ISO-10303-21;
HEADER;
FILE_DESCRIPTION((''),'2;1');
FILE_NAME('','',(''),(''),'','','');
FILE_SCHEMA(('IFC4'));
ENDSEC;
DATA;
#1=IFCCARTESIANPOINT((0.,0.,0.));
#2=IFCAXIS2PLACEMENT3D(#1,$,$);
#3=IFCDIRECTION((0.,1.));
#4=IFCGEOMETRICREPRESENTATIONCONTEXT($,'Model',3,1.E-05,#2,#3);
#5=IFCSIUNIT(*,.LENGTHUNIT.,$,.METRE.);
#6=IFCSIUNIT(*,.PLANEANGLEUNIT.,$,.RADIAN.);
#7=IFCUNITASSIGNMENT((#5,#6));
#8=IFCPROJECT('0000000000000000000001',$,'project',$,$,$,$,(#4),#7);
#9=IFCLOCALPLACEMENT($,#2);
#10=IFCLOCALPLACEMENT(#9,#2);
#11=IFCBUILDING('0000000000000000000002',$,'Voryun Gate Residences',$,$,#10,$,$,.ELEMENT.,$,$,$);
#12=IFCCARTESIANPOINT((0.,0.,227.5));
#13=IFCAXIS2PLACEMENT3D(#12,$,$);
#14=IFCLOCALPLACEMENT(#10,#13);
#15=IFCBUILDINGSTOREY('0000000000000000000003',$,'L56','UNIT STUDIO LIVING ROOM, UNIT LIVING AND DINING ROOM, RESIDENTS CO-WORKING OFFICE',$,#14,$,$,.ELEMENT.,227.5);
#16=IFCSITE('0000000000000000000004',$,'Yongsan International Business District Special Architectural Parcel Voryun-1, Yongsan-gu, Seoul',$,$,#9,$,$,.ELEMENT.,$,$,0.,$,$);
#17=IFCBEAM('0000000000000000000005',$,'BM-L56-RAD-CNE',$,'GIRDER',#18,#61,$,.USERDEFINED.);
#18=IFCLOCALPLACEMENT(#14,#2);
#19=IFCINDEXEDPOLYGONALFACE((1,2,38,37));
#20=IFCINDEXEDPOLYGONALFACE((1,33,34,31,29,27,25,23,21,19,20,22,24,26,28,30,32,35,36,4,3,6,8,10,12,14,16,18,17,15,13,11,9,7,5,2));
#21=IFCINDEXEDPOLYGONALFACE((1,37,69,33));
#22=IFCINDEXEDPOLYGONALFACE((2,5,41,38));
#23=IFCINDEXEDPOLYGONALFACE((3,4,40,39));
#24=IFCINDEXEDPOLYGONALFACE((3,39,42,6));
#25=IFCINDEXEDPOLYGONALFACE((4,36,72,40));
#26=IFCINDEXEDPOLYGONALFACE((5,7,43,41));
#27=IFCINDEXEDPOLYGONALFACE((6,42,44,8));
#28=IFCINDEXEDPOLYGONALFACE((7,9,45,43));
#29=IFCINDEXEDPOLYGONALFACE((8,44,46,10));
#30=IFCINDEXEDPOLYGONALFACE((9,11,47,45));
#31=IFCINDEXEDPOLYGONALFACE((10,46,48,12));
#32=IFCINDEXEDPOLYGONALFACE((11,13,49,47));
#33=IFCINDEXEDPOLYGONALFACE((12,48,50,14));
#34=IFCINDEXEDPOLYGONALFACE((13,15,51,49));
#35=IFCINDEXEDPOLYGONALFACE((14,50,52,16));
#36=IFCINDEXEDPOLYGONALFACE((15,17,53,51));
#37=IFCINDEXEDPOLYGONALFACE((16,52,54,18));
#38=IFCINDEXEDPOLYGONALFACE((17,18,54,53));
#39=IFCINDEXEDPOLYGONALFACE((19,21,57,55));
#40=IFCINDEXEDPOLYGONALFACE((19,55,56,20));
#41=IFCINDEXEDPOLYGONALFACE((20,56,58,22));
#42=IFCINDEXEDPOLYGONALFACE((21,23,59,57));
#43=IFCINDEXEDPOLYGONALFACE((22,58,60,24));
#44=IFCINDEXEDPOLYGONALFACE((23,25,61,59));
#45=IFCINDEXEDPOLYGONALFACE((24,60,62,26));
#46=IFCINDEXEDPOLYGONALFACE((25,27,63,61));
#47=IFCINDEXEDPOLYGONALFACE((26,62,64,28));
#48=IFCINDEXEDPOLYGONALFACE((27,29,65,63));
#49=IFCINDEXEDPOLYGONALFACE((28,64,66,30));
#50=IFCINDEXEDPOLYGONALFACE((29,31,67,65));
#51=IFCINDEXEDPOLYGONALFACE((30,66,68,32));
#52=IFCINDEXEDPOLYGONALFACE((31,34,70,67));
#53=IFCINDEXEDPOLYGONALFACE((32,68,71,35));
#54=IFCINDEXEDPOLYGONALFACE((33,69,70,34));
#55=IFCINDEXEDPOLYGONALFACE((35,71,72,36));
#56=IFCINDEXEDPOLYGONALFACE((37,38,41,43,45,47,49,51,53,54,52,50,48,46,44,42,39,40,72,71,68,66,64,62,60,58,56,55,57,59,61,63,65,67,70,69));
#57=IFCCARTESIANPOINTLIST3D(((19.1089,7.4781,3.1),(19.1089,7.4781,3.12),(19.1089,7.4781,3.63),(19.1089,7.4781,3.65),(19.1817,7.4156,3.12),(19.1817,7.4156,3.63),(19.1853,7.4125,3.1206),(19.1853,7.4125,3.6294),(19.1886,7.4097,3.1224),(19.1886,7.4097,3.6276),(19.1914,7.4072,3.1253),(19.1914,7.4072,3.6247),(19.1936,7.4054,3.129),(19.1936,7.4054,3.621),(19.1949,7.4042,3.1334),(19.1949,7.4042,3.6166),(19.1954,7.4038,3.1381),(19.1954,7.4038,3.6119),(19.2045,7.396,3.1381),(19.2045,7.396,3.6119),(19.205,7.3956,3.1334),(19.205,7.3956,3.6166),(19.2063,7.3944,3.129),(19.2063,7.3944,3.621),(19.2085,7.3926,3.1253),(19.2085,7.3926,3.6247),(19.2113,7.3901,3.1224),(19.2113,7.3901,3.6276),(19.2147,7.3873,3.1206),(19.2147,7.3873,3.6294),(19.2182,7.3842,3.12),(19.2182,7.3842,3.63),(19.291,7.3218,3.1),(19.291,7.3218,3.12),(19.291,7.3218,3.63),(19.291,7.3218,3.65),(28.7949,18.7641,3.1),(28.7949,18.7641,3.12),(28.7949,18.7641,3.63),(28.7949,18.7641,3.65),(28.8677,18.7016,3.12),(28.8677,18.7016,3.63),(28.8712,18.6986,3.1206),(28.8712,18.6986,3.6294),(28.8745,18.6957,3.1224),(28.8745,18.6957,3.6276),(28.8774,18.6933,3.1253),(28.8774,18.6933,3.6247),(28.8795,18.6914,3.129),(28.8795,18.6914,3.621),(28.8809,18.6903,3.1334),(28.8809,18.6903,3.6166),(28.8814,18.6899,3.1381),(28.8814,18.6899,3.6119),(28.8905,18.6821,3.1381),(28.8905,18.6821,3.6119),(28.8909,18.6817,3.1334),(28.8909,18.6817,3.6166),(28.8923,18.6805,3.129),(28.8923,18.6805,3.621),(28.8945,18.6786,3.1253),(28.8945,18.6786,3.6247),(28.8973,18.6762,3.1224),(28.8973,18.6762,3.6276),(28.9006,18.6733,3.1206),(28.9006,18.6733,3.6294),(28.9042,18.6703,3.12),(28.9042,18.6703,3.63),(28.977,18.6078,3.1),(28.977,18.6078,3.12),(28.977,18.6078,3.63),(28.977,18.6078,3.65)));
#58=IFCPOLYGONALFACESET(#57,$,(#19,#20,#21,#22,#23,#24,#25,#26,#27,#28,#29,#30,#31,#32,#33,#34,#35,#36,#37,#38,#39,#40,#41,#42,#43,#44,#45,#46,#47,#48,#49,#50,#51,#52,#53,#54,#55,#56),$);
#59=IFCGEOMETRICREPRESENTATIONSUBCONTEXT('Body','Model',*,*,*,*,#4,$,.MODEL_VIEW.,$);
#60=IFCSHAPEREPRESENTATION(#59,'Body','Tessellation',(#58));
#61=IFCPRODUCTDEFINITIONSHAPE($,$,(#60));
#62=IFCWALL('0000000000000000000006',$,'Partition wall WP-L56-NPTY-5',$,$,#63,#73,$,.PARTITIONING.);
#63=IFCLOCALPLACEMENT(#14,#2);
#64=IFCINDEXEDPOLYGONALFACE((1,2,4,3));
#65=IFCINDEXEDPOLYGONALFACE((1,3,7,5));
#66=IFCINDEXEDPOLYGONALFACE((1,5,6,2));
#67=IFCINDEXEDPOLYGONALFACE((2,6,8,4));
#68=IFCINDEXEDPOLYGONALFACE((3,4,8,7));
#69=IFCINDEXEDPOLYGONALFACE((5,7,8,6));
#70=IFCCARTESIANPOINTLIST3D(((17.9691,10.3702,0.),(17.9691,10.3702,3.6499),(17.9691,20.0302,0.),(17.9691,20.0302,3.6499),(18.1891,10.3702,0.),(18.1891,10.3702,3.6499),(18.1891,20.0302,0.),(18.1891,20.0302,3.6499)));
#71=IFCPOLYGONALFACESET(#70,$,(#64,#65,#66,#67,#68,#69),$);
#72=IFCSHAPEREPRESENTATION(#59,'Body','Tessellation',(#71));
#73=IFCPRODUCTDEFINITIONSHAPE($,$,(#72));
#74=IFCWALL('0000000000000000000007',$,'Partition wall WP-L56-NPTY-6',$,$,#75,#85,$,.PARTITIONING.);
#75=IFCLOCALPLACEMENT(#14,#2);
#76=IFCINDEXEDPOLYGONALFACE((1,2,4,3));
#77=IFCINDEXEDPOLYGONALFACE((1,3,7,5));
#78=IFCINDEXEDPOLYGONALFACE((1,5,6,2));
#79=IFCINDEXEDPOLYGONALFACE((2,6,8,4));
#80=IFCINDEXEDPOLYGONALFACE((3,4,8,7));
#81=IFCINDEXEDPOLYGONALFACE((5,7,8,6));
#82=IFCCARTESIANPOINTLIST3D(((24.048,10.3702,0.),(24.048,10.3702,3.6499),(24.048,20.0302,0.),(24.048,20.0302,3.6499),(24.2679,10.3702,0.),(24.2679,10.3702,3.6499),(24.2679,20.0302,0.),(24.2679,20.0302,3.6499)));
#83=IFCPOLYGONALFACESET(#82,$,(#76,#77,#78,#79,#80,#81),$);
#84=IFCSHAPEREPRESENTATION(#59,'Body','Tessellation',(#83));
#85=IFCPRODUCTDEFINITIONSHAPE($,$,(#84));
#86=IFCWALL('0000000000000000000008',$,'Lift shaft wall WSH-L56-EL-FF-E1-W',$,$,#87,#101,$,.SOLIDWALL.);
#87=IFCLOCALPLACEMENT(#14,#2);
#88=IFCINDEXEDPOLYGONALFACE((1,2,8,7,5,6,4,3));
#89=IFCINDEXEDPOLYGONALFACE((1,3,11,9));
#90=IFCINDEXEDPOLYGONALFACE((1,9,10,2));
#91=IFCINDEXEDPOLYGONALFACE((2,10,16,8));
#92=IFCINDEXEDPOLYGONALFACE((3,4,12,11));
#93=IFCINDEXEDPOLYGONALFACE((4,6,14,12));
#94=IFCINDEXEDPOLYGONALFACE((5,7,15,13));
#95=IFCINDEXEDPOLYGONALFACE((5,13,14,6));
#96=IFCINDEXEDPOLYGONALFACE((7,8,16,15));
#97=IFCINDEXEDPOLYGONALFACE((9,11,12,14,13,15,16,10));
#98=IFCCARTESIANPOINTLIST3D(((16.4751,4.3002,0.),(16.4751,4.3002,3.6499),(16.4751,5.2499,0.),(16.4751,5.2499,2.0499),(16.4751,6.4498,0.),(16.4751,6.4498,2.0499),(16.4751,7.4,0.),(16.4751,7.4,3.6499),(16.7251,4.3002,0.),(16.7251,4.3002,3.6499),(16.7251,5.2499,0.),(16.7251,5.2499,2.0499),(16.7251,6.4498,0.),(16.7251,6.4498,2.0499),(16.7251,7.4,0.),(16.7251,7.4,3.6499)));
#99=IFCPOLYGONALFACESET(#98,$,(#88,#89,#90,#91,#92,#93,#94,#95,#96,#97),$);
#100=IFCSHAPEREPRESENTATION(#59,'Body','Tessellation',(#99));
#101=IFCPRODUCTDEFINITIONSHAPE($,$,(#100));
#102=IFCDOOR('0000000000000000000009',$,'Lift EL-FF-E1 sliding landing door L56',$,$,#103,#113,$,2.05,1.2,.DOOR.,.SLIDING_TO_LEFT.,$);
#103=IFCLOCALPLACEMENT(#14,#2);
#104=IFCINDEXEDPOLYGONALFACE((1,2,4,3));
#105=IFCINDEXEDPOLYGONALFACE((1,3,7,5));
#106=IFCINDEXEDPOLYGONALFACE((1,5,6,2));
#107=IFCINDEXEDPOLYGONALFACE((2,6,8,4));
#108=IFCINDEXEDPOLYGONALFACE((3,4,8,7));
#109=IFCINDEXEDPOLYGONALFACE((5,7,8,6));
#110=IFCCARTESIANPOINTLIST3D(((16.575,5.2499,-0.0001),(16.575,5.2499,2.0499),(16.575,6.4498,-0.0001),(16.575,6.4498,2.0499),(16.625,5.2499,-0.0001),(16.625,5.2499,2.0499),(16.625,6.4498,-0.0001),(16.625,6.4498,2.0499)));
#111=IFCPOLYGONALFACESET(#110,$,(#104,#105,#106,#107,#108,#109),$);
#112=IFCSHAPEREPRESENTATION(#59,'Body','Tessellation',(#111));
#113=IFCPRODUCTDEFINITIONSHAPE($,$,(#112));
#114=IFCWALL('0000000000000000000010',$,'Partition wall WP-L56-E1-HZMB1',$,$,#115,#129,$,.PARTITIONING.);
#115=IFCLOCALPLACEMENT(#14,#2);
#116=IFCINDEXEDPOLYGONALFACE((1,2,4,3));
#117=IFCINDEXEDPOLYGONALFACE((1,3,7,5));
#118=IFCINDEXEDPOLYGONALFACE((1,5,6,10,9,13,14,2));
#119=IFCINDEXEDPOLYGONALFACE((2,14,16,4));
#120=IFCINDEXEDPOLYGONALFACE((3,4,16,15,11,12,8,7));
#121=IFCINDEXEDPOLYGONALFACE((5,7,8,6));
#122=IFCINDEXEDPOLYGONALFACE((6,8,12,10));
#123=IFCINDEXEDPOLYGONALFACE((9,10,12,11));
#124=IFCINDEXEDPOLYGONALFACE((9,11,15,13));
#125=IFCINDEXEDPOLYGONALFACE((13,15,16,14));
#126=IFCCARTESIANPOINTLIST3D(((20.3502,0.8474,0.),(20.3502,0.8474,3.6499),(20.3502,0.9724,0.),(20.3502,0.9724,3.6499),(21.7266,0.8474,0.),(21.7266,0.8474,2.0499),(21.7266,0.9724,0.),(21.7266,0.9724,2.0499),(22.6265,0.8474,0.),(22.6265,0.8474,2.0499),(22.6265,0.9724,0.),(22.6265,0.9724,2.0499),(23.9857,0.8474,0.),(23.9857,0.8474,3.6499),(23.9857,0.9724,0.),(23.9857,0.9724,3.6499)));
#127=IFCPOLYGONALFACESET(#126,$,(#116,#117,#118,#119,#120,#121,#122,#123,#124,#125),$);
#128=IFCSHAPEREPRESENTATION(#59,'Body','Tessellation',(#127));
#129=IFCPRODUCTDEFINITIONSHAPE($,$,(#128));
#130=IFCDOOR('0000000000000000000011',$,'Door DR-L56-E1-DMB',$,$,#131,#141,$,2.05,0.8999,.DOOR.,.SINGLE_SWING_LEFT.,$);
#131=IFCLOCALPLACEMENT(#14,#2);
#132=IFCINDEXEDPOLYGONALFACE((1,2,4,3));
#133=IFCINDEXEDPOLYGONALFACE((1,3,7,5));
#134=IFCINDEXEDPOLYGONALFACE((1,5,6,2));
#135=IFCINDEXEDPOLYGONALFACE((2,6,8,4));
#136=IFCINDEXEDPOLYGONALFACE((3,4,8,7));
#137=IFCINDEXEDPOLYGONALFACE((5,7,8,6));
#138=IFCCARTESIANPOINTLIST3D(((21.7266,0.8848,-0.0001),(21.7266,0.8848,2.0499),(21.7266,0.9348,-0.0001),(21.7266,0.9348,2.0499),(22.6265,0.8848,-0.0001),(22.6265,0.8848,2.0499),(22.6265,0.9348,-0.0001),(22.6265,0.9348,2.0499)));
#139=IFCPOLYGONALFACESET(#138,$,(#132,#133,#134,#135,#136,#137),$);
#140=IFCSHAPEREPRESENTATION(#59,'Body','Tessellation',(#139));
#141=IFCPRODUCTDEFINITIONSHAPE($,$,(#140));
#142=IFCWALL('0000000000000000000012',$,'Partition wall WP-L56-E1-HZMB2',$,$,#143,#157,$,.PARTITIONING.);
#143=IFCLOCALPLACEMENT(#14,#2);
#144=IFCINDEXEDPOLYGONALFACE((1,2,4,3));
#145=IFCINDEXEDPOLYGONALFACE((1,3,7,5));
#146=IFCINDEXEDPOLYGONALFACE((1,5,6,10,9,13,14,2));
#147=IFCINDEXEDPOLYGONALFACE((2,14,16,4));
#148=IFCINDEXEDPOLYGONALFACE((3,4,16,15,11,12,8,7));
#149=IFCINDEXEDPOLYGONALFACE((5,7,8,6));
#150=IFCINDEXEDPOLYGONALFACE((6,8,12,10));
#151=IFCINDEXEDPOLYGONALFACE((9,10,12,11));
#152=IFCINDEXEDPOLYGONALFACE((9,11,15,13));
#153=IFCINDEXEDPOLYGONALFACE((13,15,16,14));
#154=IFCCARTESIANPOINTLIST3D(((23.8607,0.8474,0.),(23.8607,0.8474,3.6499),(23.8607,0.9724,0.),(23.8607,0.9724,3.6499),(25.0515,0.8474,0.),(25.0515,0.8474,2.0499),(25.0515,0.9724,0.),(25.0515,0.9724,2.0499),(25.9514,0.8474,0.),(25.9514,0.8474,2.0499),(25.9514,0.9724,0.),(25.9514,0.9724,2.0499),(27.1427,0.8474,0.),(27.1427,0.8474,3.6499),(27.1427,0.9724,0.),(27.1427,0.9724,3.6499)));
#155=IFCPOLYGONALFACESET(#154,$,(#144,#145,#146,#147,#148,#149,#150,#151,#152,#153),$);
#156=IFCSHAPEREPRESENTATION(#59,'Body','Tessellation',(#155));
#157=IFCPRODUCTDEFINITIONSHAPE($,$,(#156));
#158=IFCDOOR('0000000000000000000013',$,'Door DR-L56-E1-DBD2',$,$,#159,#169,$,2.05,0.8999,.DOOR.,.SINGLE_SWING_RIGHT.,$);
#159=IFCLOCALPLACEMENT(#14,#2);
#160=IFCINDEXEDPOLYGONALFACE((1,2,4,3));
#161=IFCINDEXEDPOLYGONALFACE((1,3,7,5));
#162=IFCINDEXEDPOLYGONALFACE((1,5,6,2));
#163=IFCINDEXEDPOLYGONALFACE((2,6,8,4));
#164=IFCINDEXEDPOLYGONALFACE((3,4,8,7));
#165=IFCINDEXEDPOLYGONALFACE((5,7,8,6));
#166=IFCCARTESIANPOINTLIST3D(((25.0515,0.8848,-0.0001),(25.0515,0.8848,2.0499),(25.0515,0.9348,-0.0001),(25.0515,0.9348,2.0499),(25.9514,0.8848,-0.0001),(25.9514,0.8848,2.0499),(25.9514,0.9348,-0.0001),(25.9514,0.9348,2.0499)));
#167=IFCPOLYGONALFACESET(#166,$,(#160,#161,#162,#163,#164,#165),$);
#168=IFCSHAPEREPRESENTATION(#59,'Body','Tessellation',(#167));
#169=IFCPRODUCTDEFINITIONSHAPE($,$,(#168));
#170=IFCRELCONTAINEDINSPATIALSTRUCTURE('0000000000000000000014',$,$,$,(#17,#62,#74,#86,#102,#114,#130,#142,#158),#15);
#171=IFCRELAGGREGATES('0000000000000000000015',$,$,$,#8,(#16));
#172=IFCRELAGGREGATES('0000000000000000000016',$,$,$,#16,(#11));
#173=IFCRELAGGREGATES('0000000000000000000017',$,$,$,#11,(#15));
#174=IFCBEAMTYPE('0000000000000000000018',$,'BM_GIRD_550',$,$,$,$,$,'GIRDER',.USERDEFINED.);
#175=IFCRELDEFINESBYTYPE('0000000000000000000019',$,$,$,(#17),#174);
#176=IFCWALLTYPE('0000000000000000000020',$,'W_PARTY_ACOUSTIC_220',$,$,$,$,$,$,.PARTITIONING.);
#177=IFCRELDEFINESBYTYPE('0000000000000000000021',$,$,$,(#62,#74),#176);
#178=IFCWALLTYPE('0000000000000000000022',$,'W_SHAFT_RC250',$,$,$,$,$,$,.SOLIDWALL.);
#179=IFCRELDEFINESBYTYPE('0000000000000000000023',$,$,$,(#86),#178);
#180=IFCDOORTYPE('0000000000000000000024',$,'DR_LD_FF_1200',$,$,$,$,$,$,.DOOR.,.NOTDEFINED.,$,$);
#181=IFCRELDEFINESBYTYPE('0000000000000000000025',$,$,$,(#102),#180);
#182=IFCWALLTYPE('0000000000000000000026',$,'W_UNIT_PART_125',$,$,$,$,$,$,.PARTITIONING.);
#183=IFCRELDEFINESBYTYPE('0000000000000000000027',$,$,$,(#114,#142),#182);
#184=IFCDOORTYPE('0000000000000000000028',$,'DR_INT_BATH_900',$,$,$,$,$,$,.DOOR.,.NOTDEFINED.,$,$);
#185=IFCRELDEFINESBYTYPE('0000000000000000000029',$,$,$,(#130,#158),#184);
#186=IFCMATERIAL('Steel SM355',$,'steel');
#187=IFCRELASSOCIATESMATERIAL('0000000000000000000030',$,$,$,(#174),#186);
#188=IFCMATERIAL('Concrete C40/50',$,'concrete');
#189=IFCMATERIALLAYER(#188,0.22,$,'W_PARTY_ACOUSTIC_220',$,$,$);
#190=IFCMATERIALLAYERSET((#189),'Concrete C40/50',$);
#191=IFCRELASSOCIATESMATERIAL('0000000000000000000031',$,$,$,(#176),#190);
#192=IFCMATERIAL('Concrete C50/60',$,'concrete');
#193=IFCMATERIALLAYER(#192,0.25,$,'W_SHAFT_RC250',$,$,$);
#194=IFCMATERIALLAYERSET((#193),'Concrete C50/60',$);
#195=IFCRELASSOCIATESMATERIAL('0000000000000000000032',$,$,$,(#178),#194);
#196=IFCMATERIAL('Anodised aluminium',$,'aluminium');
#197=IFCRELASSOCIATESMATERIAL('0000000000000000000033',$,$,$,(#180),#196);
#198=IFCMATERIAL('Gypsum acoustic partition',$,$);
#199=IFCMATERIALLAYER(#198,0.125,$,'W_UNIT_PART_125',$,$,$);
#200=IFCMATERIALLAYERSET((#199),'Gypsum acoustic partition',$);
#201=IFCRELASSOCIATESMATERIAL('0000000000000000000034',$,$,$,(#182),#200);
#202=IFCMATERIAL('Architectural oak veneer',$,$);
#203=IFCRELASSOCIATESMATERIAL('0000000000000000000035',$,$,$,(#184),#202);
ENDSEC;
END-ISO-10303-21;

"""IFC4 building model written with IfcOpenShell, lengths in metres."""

from ifc_helpers import new_model, si_unit, direction, frame, frame_2d, origin, origin_2d, place, context, subcontext, project, spatial, rectangle, i_section, extrude, material, layer, layer_set, material_profile, profile_set, type_object, element, fill, save


model = new_model("IFC4")

# Units and contexts
model_context = context("Model", 3, precision=1e-05, world=origin(), true_north=direction((0.0, 1.0)))
body_context = subcontext(model_context, "Body", "Model", "MODEL_VIEW")
ifc_project = project(units=[si_unit("LENGTHUNIT", "METRE"), si_unit("PLANEANGLEUNIT", "RADIAN")], contexts=[model_context])

# Site, building, storey
site_placement = place(None, origin())
site = spatial("IfcSite", under=ifc_project, at=site_placement, Name="Yongsan International Business District Special Architectural Parcel Voryun-1, Yongsan-gu, Seoul", CompositionType="ELEMENT", RefElevation=0.0)
building_placement = place(site_placement, origin())
building = spatial("IfcBuilding", under=site, at=building_placement, Name="Voryun Gate Residences", CompositionType="ELEMENT")
storey_placement = place(building_placement, frame((0.0, 0.0, 227.5)))
storey = spatial("IfcBuildingStorey", under=building, at=storey_placement, Name="L56", Description="UNIT STUDIO LIVING ROOM, UNIT LIVING AND DINING ROOM, RESIDENTS CO-WORKING OFFICE", CompositionType="ELEMENT", Elevation=227.5)

# Beam
ifc_material_1 = material(Name="Steel SM355", Category="steel")
ifc_material_profile_1 = material_profile(ifc_material_1, i_section(OverallWidth=0.24, OverallDepth=0.55, WebThickness=0.012, FlangeThickness=0.02, FilletRadius=0.0181, at=origin_2d()), Name="H-550x240x12x20")
ifc_profile_set_1 = profile_set([ifc_material_profile_1], Name="Steel SM355")
beam_type_1 = type_object("IfcBeamType", Name="BM_GIRD_550", ElementType="GIRDER", PredefinedType="USERDEFINED", material=ifc_profile_set_1)
beam_1_placement = place(storey_placement, frame((19.2, 7.3999, 3.375), z_axis=(0.651264, 0.758851, 0.0), x_axis=(-0.758851, 0.651264, 0.0)))
element("IfcBeam", 1, at=beam_1_placement, inside=storey, type_object=beam_type_1, Name="BM-L56-RAD-CNE", ObjectType="GIRDER", PredefinedType="USERDEFINED", context=body_context, shape_type="SweptSolid", body=[
    extrude(i_section(OverallWidth=0.24, OverallDepth=0.55, WebThickness=0.012, FlangeThickness=0.02, FilletRadius=0.0181, at=origin_2d()), origin(), (0.0, 0.0, 1.0), 14.8726),
])

# Walls
ifc_material_2 = material(Name="Concrete C40/50", Category="concrete")
ifc_layer_1 = layer(ifc_material_2, 0.22, Name="W_PARTY_ACOUSTIC_220")
ifc_layer_set_1 = layer_set([ifc_layer_1], Name="Concrete C40/50")
wall_type_1 = type_object("IfcWallType", Name="W_PARTY_ACOUSTIC_220", PredefinedType="PARTITIONING", material=ifc_layer_set_1)
for number, where, z_axis, x_axis, name in (
    (2, (18.0791, 10.3701, 0.0), (0.0, 0.0, 1.0), (0.0, 1.0, 0.0), "Partition wall WP-L56-NPTY-5"),
    (3, (24.158, 10.3701, 0.0), (0.0, 0.0, 1.0), (0.0, 1.0, 0.0), "Partition wall WP-L56-NPTY-6"),
):
    element("IfcWall", number, at=place(storey_placement, frame(where, z_axis=z_axis, x_axis=x_axis)), inside=storey, type_object=wall_type_1, Name=name, PredefinedType="PARTITIONING", context=body_context, shape_type="SweptSolid", body=[
        extrude(rectangle(XDim=9.6599, YDim=0.22, at=frame_2d((4.8301, 0.0))), origin(), (0.0, 0.0, 1.0), 3.6499),
    ])

# Walls, openings, doors
ifc_material_3 = material(Name="Concrete C50/60", Category="concrete")
ifc_layer_2 = layer(ifc_material_3, 0.25, Name="W_SHAFT_RC250")
ifc_layer_set_2 = layer_set([ifc_layer_2], Name="Concrete C50/60")
wall_type_2 = type_object("IfcWallType", Name="W_SHAFT_RC250", PredefinedType="SOLIDWALL", material=ifc_layer_set_2)
wall_1_placement = place(storey_placement, frame((16.6001, 7.3999, 0.0), z_axis=(0.0, 0.0, 1.0), x_axis=(0.0, -1.0, 0.0)))
wall_1 = element("IfcWall", 4, at=wall_1_placement, inside=storey, type_object=wall_type_2, Name="Lift shaft wall WSH-L56-EL-FF-E1-W", PredefinedType="SOLIDWALL", context=body_context, shape_type="SweptSolid", body=[
    extrude(rectangle(XDim=3.0999, YDim=0.25, at=frame_2d((1.5498, 0.0))), origin(), (0.0, 0.0, 1.0), 3.6499),
])
opening_1_placement = place(wall_1_placement, frame((0.95, 0.0, 0.0)))
opening_1 = element("IfcOpeningElement", 5, at=opening_1_placement, cuts=wall_1, PredefinedType="OPENING", context=body_context, shape_type="SweptSolid", body=[
    extrude(rectangle(XDim=1.2, YDim=2.05, at=frame_2d((0.6001, 1.0249))), frame((0.0, 0.135, 0.0), z_axis=(0.0, -1.0, 0.0), x_axis=(1.0, 0.0, 0.0)), (0.0, 0.0, 1.0), 0.27),
])
ifc_material_4 = material(Name="Anodised aluminium", Category="aluminium")
door_type_1 = type_object("IfcDoorType", Name="DR_LD_FF_1200", OperationType="NOTDEFINED", PredefinedType="DOOR", material=ifc_material_4)
door_1_placement = place(opening_1_placement, origin())
door_1 = element("IfcDoor", 6, at=door_1_placement, inside=storey, type_object=door_type_1, Name="Lift EL-FF-E1 sliding landing door L56", OperationType="SLIDING_TO_LEFT", OverallHeight=2.05, OverallWidth=1.2, PredefinedType="DOOR", context=body_context, shape_type="SweptSolid", body=[
    extrude(rectangle(XDim=1.2, YDim=2.05, at=frame_2d((0.6001, 1.0249))), frame((0.0, 0.0249, 0.0), z_axis=(0.0, -1.0, 0.0), x_axis=(1.0, 0.0, 0.0)), (0.0, 0.0, 1.0), 0.05),
])
fill(opening_1, door_1)
ifc_material_5 = material(Name="Gypsum acoustic partition")
ifc_layer_3 = layer(ifc_material_5, 0.125, Name="W_UNIT_PART_125")
ifc_layer_set_3 = layer_set([ifc_layer_3], Name="Gypsum acoustic partition")
wall_type_3 = type_object("IfcWallType", Name="W_UNIT_PART_125", PredefinedType="PARTITIONING", material=ifc_layer_set_3)
wall_2_placement = place(storey_placement, frame((20.3501, 0.9099, 0.0), z_axis=(0.0, 0.0, 1.0), x_axis=(1.0, 0.0, 0.0)))
wall_2 = element("IfcWall", 7, at=wall_2_placement, inside=storey, type_object=wall_type_3, Name="Partition wall WP-L56-E1-HZMB1", PredefinedType="PARTITIONING", context=body_context, shape_type="SweptSolid", body=[
    extrude(rectangle(XDim=3.6355, YDim=0.125, at=frame_2d((1.8179, 0.0))), origin(), (0.0, 0.0, 1.0), 3.6499),
])
opening_2_placement = place(wall_2_placement, frame((1.3765, 0.0, 0.0)))
opening_2 = element("IfcOpeningElement", 8, at=opening_2_placement, cuts=wall_2, PredefinedType="OPENING", context=body_context, shape_type="SweptSolid", body=[
    extrude(rectangle(XDim=0.8999, YDim=2.05, at=frame_2d((0.45, 1.0249))), frame((0.0, 0.0725, 0.0), z_axis=(0.0, -1.0, 0.0), x_axis=(1.0, 0.0, 0.0)), (0.0, 0.0, 1.0), 0.145),
])
ifc_material_6 = material(Name="Architectural oak veneer")
door_type_2 = type_object("IfcDoorType", Name="DR_INT_BATH_900", OperationType="NOTDEFINED", PredefinedType="DOOR", material=ifc_material_6)
door_2_placement = place(opening_2_placement, origin())
door_2 = element("IfcDoor", 9, at=door_2_placement, inside=storey, type_object=door_type_2, Name="Door DR-L56-E1-DMB", OperationType="SINGLE_SWING_LEFT", OverallHeight=2.05, OverallWidth=0.8999, PredefinedType="DOOR", context=body_context, shape_type="SweptSolid", body=[
    extrude(rectangle(XDim=0.8999, YDim=2.05, at=frame_2d((0.45, 1.0249))), frame((0.0, 0.0249, 0.0), z_axis=(0.0, -1.0, 0.0), x_axis=(1.0, 0.0, 0.0)), (0.0, 0.0, 1.0), 0.05),
])
fill(opening_2, door_2)
wall_3_placement = place(storey_placement, frame((23.8606, 0.9099, 0.0), z_axis=(0.0, 0.0, 1.0), x_axis=(1.0, 0.0, 0.0)))
wall_3 = element("IfcWall", 10, at=wall_3_placement, inside=storey, type_object=wall_type_3, Name="Partition wall WP-L56-E1-HZMB2", PredefinedType="PARTITIONING", context=body_context, shape_type="SweptSolid", body=[
    extrude(rectangle(XDim=3.282, YDim=0.125, at=frame_2d((1.6411, 0.0))), origin(), (0.0, 0.0, 1.0), 3.6499),
])
opening_3_placement = place(wall_3_placement, frame((1.1909, 0.0, 0.0)))
opening_3 = element("IfcOpeningElement", 11, at=opening_3_placement, cuts=wall_3, PredefinedType="OPENING", context=body_context, shape_type="SweptSolid", body=[
    extrude(rectangle(XDim=0.8999, YDim=2.05, at=frame_2d((0.45, 1.0249))), frame((0.0, 0.0725, 0.0), z_axis=(0.0, -1.0, 0.0), x_axis=(1.0, 0.0, 0.0)), (0.0, 0.0, 1.0), 0.145),
])
door_3_placement = place(opening_3_placement, origin())
door_3 = element("IfcDoor", 12, at=door_3_placement, inside=storey, type_object=door_type_2, Name="Door DR-L56-E1-DBD2", OperationType="SINGLE_SWING_RIGHT", OverallHeight=2.05, OverallWidth=0.8999, PredefinedType="DOOR", context=body_context, shape_type="SweptSolid", body=[
    extrude(rectangle(XDim=0.8999, YDim=2.05, at=frame_2d((0.45, 1.0249))), frame((0.0, 0.0249, 0.0), z_axis=(0.0, -1.0, 0.0), x_axis=(1.0, 0.0, 0.0)), (0.0, 0.0, 1.0), 0.05),
])
fill(opening_3, door_3)

save(model, "model.ifc")
